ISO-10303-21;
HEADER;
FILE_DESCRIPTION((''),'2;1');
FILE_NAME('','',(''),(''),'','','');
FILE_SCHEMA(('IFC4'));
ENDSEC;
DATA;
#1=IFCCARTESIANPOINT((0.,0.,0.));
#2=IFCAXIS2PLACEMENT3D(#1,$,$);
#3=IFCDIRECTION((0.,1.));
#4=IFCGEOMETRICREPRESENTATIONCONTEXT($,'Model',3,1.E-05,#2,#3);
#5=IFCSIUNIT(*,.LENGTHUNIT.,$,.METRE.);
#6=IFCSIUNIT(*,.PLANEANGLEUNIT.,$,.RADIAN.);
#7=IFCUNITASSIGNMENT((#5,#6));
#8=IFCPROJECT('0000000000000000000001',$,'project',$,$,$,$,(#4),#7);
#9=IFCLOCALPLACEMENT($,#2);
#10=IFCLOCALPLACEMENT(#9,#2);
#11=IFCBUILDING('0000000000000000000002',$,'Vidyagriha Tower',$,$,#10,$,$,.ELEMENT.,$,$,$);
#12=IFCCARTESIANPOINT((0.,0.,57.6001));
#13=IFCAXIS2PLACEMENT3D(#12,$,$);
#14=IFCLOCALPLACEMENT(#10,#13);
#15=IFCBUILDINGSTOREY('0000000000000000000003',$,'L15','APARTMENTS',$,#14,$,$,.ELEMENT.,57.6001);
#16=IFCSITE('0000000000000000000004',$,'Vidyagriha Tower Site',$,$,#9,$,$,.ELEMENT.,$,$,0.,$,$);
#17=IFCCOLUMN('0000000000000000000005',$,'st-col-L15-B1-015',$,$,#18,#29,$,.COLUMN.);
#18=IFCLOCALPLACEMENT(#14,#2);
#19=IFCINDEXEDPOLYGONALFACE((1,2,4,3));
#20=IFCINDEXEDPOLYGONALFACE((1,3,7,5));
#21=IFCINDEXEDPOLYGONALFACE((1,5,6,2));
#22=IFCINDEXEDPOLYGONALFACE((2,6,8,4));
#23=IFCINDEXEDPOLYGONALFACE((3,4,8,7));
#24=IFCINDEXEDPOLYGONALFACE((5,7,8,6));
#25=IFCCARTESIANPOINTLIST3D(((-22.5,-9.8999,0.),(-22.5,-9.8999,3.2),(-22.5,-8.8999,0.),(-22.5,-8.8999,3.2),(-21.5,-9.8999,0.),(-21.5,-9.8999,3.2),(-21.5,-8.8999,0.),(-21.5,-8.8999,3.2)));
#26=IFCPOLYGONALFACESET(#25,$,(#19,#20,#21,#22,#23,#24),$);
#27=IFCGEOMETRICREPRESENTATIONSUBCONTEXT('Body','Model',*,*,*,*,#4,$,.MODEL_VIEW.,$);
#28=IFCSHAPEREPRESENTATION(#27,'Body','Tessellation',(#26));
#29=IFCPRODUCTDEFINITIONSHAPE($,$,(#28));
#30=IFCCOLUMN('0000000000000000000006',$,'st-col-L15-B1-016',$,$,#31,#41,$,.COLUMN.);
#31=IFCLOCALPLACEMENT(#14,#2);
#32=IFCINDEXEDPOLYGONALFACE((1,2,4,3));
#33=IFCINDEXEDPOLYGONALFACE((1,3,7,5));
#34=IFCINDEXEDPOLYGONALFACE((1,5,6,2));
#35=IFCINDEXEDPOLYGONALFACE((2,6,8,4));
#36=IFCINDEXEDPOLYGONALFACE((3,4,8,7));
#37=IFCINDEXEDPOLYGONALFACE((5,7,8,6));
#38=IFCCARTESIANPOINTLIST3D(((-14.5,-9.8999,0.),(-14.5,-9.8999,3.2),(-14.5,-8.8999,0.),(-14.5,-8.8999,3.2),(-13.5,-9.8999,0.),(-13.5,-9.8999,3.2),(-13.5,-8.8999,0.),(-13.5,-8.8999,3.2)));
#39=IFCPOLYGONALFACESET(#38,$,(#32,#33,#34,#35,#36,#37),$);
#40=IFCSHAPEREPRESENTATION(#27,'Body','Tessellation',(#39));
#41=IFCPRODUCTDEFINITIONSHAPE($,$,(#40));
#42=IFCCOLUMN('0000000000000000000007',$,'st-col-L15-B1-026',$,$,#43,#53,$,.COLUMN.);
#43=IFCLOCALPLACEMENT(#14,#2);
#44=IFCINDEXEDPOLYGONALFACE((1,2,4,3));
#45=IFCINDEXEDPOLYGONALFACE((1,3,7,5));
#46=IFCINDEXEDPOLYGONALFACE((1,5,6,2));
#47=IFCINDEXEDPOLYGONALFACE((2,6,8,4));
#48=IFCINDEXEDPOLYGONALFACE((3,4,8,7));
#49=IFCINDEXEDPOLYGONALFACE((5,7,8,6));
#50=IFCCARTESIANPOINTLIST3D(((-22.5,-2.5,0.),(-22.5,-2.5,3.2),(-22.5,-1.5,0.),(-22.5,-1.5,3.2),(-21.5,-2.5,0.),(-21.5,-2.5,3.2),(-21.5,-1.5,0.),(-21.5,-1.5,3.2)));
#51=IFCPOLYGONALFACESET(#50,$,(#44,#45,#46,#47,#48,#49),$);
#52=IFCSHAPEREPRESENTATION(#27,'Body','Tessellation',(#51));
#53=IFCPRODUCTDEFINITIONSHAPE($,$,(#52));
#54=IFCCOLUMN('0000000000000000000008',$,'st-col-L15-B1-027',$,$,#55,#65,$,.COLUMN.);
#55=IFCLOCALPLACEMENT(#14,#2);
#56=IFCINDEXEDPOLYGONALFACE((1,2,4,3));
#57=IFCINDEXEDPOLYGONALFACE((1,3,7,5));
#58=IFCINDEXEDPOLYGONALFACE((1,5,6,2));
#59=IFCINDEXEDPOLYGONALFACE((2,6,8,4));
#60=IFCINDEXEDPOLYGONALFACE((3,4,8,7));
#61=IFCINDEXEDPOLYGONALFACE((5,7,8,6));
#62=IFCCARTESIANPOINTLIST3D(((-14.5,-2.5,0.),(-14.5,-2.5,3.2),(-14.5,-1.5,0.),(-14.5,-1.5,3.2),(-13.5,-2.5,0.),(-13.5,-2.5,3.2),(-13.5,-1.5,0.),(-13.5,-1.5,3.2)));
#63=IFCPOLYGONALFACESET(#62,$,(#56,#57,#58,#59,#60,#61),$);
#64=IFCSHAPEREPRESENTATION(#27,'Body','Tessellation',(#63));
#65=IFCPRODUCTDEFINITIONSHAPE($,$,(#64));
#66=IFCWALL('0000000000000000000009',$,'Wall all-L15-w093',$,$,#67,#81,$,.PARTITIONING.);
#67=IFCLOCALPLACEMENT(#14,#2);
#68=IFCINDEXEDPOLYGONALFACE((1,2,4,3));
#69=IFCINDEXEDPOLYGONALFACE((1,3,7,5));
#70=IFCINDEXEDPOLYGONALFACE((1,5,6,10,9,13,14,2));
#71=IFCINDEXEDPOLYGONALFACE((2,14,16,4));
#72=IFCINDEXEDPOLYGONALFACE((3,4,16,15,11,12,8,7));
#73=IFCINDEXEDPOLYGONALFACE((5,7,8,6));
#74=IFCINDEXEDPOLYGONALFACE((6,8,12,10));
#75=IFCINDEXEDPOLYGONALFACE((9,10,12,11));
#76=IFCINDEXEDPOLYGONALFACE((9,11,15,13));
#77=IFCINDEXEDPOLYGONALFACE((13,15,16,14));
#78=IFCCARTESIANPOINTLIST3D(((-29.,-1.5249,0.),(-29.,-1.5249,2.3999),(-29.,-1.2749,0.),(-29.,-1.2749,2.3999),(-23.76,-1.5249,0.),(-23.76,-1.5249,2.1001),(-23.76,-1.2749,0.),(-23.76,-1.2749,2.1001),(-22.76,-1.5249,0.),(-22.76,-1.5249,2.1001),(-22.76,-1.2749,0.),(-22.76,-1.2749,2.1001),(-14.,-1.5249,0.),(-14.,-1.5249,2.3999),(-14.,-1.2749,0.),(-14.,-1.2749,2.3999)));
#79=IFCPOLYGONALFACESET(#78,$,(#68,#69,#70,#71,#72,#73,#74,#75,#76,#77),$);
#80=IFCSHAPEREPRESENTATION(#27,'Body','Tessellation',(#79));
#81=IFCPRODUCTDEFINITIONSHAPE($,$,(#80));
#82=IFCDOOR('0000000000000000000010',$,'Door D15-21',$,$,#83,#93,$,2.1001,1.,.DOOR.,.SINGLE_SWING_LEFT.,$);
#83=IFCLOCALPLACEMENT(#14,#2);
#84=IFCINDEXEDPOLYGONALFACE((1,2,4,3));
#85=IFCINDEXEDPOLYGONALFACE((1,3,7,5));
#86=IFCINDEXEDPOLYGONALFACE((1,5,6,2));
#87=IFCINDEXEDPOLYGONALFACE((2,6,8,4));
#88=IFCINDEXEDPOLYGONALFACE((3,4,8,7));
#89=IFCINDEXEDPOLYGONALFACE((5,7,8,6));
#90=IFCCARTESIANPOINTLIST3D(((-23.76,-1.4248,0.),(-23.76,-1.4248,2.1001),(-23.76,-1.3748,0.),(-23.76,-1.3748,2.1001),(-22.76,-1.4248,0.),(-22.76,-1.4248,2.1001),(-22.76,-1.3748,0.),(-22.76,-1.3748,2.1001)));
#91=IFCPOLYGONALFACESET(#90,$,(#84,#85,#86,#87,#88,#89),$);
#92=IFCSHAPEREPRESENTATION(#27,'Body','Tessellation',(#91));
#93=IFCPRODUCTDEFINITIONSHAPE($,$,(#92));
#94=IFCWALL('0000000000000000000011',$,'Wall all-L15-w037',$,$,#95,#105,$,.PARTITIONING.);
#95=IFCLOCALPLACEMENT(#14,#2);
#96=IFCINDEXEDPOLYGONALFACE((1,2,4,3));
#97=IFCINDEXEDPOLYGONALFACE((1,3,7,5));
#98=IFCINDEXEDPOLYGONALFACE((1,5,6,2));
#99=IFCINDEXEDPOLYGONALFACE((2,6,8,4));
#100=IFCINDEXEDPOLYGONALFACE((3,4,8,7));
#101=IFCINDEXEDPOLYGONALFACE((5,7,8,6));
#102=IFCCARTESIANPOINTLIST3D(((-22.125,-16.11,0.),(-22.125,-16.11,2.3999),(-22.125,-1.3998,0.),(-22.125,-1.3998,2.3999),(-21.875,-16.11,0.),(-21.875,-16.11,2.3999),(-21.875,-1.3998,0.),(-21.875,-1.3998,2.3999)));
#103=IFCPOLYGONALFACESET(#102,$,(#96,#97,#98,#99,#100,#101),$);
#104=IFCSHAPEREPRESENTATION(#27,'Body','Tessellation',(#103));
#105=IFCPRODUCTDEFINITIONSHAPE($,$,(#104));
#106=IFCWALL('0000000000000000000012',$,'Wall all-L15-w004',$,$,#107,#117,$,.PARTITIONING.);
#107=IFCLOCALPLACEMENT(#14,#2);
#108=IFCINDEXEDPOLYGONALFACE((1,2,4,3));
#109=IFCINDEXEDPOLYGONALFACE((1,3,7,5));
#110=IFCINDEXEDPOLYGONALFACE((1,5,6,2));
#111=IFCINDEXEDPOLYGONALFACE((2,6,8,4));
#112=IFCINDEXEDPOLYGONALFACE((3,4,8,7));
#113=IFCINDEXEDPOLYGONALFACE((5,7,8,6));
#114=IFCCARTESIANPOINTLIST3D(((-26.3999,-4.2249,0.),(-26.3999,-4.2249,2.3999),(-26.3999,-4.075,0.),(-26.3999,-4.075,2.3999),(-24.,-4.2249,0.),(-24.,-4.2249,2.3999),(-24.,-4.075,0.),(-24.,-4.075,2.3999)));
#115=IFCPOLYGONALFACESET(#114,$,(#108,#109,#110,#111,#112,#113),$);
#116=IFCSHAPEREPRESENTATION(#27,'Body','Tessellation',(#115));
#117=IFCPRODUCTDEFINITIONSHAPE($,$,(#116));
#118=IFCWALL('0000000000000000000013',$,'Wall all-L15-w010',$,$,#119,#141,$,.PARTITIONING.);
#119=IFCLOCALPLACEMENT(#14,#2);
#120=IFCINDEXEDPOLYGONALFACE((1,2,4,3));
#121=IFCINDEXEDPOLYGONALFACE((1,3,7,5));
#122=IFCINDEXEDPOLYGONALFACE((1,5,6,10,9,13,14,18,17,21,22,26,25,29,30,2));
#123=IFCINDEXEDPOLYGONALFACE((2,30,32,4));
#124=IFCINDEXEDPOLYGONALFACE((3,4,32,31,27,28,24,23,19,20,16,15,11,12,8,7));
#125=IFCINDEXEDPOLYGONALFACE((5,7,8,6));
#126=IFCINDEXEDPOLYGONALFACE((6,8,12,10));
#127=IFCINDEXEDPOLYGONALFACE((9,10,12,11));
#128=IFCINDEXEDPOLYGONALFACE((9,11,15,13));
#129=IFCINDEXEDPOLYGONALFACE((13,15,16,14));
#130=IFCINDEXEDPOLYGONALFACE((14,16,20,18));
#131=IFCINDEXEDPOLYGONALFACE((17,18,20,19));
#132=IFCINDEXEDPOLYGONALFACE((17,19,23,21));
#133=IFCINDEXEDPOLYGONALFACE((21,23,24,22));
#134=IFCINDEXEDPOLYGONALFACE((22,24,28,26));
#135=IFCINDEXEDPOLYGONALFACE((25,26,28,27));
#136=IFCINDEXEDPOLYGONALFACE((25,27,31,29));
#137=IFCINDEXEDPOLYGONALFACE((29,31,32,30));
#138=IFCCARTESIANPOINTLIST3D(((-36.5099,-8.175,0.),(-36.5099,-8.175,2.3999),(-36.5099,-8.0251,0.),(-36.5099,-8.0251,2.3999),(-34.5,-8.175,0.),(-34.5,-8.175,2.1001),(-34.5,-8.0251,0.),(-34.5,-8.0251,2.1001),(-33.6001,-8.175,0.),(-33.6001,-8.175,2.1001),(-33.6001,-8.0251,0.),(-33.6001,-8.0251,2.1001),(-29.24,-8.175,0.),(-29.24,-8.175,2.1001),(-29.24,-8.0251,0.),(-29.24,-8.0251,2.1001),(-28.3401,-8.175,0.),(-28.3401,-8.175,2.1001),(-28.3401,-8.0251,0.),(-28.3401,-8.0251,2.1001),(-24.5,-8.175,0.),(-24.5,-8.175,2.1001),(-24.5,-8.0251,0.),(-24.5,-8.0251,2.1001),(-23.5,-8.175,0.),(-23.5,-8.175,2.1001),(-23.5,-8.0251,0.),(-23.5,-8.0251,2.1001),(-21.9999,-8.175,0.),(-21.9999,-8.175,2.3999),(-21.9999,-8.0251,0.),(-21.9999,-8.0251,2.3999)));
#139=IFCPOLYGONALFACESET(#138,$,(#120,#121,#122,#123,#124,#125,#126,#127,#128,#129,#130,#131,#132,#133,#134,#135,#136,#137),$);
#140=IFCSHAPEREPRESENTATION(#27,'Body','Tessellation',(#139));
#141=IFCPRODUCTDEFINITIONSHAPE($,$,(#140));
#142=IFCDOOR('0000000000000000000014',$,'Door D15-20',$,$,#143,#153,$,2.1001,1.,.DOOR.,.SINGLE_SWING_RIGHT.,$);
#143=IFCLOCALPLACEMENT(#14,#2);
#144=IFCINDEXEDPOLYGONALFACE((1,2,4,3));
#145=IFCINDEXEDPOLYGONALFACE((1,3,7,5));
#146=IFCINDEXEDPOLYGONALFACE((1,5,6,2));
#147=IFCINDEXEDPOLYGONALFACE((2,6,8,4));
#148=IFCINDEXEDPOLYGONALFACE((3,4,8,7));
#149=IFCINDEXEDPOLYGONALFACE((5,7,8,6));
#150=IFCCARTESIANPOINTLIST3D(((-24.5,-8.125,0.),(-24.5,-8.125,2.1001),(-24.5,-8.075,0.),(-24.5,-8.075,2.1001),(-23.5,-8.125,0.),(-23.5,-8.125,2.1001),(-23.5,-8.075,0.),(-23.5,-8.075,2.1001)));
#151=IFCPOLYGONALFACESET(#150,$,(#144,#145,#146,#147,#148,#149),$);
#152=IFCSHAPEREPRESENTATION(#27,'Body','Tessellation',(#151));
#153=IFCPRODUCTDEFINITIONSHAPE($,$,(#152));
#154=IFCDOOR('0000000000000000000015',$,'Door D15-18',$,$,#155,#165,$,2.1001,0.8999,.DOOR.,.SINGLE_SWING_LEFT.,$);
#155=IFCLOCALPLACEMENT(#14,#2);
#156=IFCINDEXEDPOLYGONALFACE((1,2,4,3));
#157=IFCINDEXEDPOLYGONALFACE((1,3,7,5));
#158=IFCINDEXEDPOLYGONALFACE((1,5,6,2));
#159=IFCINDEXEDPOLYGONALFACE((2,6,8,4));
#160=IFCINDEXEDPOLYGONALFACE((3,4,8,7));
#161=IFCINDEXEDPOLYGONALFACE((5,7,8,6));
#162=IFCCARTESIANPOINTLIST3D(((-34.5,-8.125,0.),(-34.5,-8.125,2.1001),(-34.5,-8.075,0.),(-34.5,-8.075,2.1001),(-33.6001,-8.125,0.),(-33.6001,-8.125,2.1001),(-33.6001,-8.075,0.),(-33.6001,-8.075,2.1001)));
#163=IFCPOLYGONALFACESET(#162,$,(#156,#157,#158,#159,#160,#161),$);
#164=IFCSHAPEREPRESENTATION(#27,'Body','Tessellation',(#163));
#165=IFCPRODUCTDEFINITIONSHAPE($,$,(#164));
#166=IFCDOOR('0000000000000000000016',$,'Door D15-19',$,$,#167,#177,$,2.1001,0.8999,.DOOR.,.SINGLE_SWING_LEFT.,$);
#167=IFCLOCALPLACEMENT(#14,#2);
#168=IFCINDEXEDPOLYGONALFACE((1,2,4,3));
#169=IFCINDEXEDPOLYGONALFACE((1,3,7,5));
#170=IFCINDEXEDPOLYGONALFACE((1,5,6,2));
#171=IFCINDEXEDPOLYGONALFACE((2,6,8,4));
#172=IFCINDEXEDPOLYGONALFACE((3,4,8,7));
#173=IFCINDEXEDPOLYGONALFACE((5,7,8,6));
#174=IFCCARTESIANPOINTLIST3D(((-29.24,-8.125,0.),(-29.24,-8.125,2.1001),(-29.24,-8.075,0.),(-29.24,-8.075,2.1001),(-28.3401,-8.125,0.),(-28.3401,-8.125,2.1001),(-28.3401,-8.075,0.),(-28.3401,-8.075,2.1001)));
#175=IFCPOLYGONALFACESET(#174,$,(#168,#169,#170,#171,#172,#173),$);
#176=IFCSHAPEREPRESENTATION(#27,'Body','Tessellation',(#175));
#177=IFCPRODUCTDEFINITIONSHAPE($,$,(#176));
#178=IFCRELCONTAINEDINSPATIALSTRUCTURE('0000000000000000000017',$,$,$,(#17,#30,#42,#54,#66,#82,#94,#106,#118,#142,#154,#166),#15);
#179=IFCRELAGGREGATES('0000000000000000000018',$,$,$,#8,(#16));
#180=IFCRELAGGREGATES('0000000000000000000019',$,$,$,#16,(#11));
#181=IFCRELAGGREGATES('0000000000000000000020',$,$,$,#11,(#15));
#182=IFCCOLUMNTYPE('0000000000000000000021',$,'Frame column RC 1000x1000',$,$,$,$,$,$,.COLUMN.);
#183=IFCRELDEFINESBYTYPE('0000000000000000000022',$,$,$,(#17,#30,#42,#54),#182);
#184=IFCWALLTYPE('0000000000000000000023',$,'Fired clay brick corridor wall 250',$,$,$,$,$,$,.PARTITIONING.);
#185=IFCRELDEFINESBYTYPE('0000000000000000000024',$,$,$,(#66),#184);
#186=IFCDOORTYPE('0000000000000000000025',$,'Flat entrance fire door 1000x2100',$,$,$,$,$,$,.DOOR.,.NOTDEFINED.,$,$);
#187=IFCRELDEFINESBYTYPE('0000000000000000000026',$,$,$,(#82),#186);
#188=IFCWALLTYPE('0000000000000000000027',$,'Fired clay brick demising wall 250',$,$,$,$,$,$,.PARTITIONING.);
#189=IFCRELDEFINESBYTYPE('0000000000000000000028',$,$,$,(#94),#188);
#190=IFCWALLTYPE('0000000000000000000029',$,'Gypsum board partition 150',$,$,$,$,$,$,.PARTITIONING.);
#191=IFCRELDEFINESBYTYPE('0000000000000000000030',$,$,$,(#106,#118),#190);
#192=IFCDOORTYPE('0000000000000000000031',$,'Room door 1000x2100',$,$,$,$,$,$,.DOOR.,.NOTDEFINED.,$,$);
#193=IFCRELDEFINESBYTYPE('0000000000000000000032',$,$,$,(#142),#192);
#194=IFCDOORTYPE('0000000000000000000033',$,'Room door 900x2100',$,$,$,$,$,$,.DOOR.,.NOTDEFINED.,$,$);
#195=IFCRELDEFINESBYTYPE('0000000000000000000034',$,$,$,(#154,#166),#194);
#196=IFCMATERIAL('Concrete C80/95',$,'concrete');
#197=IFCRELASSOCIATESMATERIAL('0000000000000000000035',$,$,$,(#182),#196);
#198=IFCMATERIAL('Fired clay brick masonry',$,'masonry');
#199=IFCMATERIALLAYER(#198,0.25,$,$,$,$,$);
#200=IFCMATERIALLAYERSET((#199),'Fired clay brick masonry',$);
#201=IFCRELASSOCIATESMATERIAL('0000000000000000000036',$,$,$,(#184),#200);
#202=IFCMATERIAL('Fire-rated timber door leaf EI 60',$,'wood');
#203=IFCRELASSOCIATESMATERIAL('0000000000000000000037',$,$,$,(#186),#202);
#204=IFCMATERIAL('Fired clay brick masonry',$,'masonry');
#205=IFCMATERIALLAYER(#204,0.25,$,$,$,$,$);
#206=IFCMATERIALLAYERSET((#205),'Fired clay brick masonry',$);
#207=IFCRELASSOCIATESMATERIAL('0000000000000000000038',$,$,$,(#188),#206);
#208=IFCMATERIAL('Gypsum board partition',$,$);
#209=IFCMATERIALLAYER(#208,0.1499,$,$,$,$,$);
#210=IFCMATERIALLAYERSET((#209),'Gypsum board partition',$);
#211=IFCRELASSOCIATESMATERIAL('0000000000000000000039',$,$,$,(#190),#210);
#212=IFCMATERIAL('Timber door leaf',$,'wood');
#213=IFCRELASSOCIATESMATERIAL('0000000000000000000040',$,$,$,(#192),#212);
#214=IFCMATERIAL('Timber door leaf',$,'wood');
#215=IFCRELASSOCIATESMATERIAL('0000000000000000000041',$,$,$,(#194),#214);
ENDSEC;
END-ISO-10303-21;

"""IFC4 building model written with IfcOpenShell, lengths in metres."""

from ifc_helpers import new_model, si_unit, direction, frame, frame_2d, origin, origin_2d, place, context, subcontext, project, spatial, rectangle, extrude, material, layer, layer_set, material_profile, profile_set, type_object, element, fill, save


model = new_model("IFC4")

# Units and contexts
model_context = context("Model", 3, precision=1e-05, world=origin(), true_north=direction((0.0, 1.0)))
body_context = subcontext(model_context, "Body", "Model", "MODEL_VIEW")
ifc_project = project(units=[si_unit("LENGTHUNIT", "METRE"), si_unit("PLANEANGLEUNIT", "RADIAN")], contexts=[model_context])

# Site, building, storey
site_placement = place(None, origin())
site = spatial("IfcSite", under=ifc_project, at=site_placement, Name="Vidyagriha Tower Site", CompositionType="ELEMENT", RefElevation=0.0)
building_placement = place(site_placement, origin())
building = spatial("IfcBuilding", under=site, at=building_placement, Name="Vidyagriha Tower", CompositionType="ELEMENT")
storey_placement = place(building_placement, frame((0.0, 0.0, 57.6001)))
storey = spatial("IfcBuildingStorey", under=building, at=storey_placement, Name="L15", Description="APARTMENTS", CompositionType="ELEMENT", Elevation=57.6001)

# Columns
ifc_material_1 = material(Name="Concrete C80/95", Category="concrete")
ifc_material_profile = material_profile(ifc_material_1, rectangle(XDim=1.0, YDim=1.0, at=origin_2d()), Name="RC 1000x1000")
ifc_profile_set = profile_set([ifc_material_profile], Name="Concrete C80/95")
column_type = type_object("IfcColumnType", Name="Frame column RC 1000x1000", PredefinedType="COLUMN", material=ifc_profile_set)
for number, where, name in (
    (1, (-22.0, -9.3999, 0.0), "st-col-L15-B1-015"),
    (2, (-14.0, -9.3999, 0.0), "st-col-L15-B1-016"),
    (3, (-22.0, -2.0, 0.0), "st-col-L15-B1-026"),
    (4, (-14.0, -2.0, 0.0), "st-col-L15-B1-027"),
):
    element("IfcColumn", number, at=place(storey_placement, frame(where)), inside=storey, type_object=column_type, Name=name, PredefinedType="COLUMN", context=body_context, shape_type="SweptSolid", body=[
        extrude(rectangle(XDim=1.0, YDim=1.0, at=origin_2d()), origin(), (0.0, 0.0, 1.0), 3.2),
    ])

# Wall, opening, door
ifc_material_2 = material(Name="Fired clay brick masonry", Category="masonry")
ifc_layer_1 = layer(ifc_material_2, 0.25)
ifc_layer_set_1 = layer_set([ifc_layer_1], Name="Fired clay brick masonry")
wall_type_1 = type_object("IfcWallType", Name="Fired clay brick corridor wall 250", PredefinedType="PARTITIONING", material=ifc_layer_set_1)
wall_1_placement = place(storey_placement, frame((-14.0, -1.3999, 0.0), z_axis=(0.0, 0.0, 1.0), x_axis=(-1.0, 0.0, 0.0)))
wall_1 = element("IfcWall", 5, at=wall_1_placement, inside=storey, type_object=wall_type_1, Name="Wall all-L15-w093", PredefinedType="PARTITIONING", context=body_context, shape_type="SweptSolid", body=[
    extrude(rectangle(XDim=15.0, YDim=0.25, at=frame_2d((7.5, 0.0))), origin(), (0.0, 0.0, 1.0), 2.3999),
])
opening_1_placement = place(wall_1_placement, frame((8.76, 0.0, 0.0)))
opening_1 = element("IfcOpeningElement", 6, at=opening_1_placement, cuts=wall_1, PredefinedType="OPENING", context=body_context, shape_type="SweptSolid", body=[
    extrude(rectangle(XDim=1.0, YDim=2.1001, at=frame_2d((0.5, 1.05))), frame((0.0, 0.135, 0.0), z_axis=(0.0, -1.0, 0.0), x_axis=(1.0, 0.0, 0.0)), (0.0, 0.0, 1.0), 0.27),
])
ifc_material_3 = material(Name="Fire-rated timber door leaf EI 60", Category="wood")
door_type_1 = type_object("IfcDoorType", Name="Flat entrance fire door 1000x2100", OperationType="NOTDEFINED", PredefinedType="DOOR", material=ifc_material_3)
door_1_placement = place(opening_1_placement, origin())
door_1 = element("IfcDoor", 7, at=door_1_placement, inside=storey, type_object=door_type_1, Name="Door D15-21", OperationType="SINGLE_SWING_LEFT", OverallHeight=2.1001, OverallWidth=1.0, PredefinedType="DOOR", context=body_context, shape_type="SweptSolid", body=[
    extrude(rectangle(XDim=1.0, YDim=2.1001, at=frame_2d((0.5, 1.05))), frame((0.0, 0.0249, 0.0), z_axis=(0.0, -1.0, 0.0), x_axis=(1.0, 0.0, 0.0)), (0.0, 0.0, 1.0), 0.05),
])
fill(opening_1, door_1)

# Walls
ifc_material_4 = material(Name="Fired clay brick masonry", Category="masonry")
ifc_layer_2 = layer(ifc_material_4, 0.25)
ifc_layer_set_2 = layer_set([ifc_layer_2], Name="Fired clay brick masonry")
wall_type_2 = type_object("IfcWallType", Name="Fired clay brick demising wall 250", PredefinedType="PARTITIONING", material=ifc_layer_set_2)
wall_2_placement = place(storey_placement, frame((-22.0, -1.3999, 0.0), z_axis=(0.0, 0.0, 1.0), x_axis=(0.0, -1.0, 0.0)))
element("IfcWall", 8, at=wall_2_placement, inside=storey, type_object=wall_type_2, Name="Wall all-L15-w037", PredefinedType="PARTITIONING", context=body_context, shape_type="SweptSolid", body=[
    extrude(rectangle(XDim=14.7102, YDim=0.25, at=frame_2d((7.355, 0.0))), origin(), (0.0, 0.0, 1.0), 2.3999),
])
ifc_material_5 = material(Name="Gypsum board partition")
ifc_layer_3 = layer(ifc_material_5, 0.1499)
ifc_layer_set_3 = layer_set([ifc_layer_3], Name="Gypsum board partition")
wall_type_3 = type_object("IfcWallType", Name="Gypsum board partition 150", PredefinedType="PARTITIONING", material=ifc_layer_set_3)
wall_3_placement = place(storey_placement, frame((-24.0, -4.1499, 0.0), z_axis=(0.0, 0.0, 1.0), x_axis=(-1.0, 0.0, 0.0)))
element("IfcWall", 9, at=wall_3_placement, inside=storey, type_object=wall_type_3, Name="Wall all-L15-w004", PredefinedType="PARTITIONING", context=body_context, shape_type="SweptSolid", body=[
    extrude(rectangle(XDim=2.3999, YDim=0.1499, at=frame_2d((1.2, 0.0))), origin(), (0.0, 0.0, 1.0), 2.3999),
])

# Wall, openings, doors
wall_4_placement = place(storey_placement, frame((-22.0, -8.1001, 0.0), z_axis=(0.0, 0.0, 1.0), x_axis=(-1.0, 0.0, 0.0)))
wall_4 = element("IfcWall", 10, at=wall_4_placement, inside=storey, type_object=wall_type_3, Name="Wall all-L15-w010", PredefinedType="PARTITIONING", context=body_context, shape_type="SweptSolid", body=[
    extrude(rectangle(XDim=14.51, YDim=0.1499, at=frame_2d((7.2549, 0.0))), origin(), (0.0, 0.0, 1.0), 2.3999),
])
opening_2_placement = place(wall_4_placement, frame((11.6001, 0.0, 0.0)))
opening_2 = element("IfcOpeningElement", 11, at=opening_2_placement, cuts=wall_4, PredefinedType="OPENING", context=body_context, shape_type="SweptSolid", body=[
    extrude(rectangle(XDim=0.8999, YDim=2.1001, at=frame_2d((0.45, 1.05))), frame((0.0, 0.085, 0.0), z_axis=(0.0, -1.0, 0.0), x_axis=(1.0, 0.0, 0.0)), (0.0, 0.0, 1.0), 0.1699),
])
opening_3_placement = place(wall_4_placement, frame((6.3401, 0.0, 0.0)))
opening_3 = element("IfcOpeningElement", 12, at=opening_3_placement, cuts=wall_4, PredefinedType="OPENING", context=body_context, shape_type="SweptSolid", body=[
    extrude(rectangle(XDim=0.8999, YDim=2.1001, at=frame_2d((0.45, 1.05))), frame((0.0, 0.085, 0.0), z_axis=(0.0, -1.0, 0.0), x_axis=(1.0, 0.0, 0.0)), (0.0, 0.0, 1.0), 0.1699),
])
opening_4_placement = place(wall_4_placement, frame((1.5, 0.0, 0.0)))
opening_4 = element("IfcOpeningElement", 13, at=opening_4_placement, cuts=wall_4, PredefinedType="OPENING", context=body_context, shape_type="SweptSolid", body=[
    extrude(rectangle(XDim=1.0, YDim=2.1001, at=frame_2d((0.5, 1.05))), frame((0.0, 0.085, 0.0), z_axis=(0.0, -1.0, 0.0), x_axis=(1.0, 0.0, 0.0)), (0.0, 0.0, 1.0), 0.1699),
])
ifc_material_6 = material(Name="Timber door leaf", Category="wood")
door_type_2 = type_object("IfcDoorType", Name="Room door 1000x2100", OperationType="NOTDEFINED", PredefinedType="DOOR", material=ifc_material_6)
door_2_placement = place(opening_4_placement, origin())
door_2 = element("IfcDoor", 14, at=door_2_placement, inside=storey, type_object=door_type_2, Name="Door D15-20", OperationType="SINGLE_SWING_RIGHT", OverallHeight=2.1001, OverallWidth=1.0, PredefinedType="DOOR", context=body_context, shape_type="SweptSolid", body=[
    extrude(rectangle(XDim=1.0, YDim=2.1001, at=frame_2d((0.5, 1.05))), frame((0.0, 0.0249, 0.0), z_axis=(0.0, -1.0, 0.0), x_axis=(1.0, 0.0, 0.0)), (0.0, 0.0, 1.0), 0.05),
])
fill(opening_4, door_2)
ifc_material_7 = material(Name="Timber door leaf", Category="wood")
door_type_3 = type_object("IfcDoorType", Name="Room door 900x2100", OperationType="NOTDEFINED", PredefinedType="DOOR", material=ifc_material_7)
door_3_placement = place(opening_2_placement, origin())
door_3 = element("IfcDoor", 15, at=door_3_placement, inside=storey, type_object=door_type_3, Name="Door D15-18", OperationType="SINGLE_SWING_LEFT", OverallHeight=2.1001, OverallWidth=0.8999, PredefinedType="DOOR", context=body_context, shape_type="SweptSolid", body=[
    extrude(rectangle(XDim=0.8999, YDim=2.1001, at=frame_2d((0.45, 1.05))), frame((0.0, 0.0249, 0.0), z_axis=(0.0, -1.0, 0.0), x_axis=(1.0, 0.0, 0.0)), (0.0, 0.0, 1.0), 0.05),
])
fill(opening_2, door_3)
door_4_placement = place(opening_3_placement, origin())
door_4 = element("IfcDoor", 16, at=door_4_placement, inside=storey, type_object=door_type_3, Name="Door D15-19", OperationType="SINGLE_SWING_LEFT", OverallHeight=2.1001, OverallWidth=0.8999, PredefinedType="DOOR", context=body_context, shape_type="SweptSolid", body=[
    extrude(rectangle(XDim=0.8999, YDim=2.1001, at=frame_2d((0.45, 1.05))), frame((0.0, 0.0249, 0.0), z_axis=(0.0, -1.0, 0.0), x_axis=(1.0, 0.0, 0.0)), (0.0, 0.0, 1.0), 0.05),
])
fill(opening_3, door_4)

save(model, "model.ifc")
